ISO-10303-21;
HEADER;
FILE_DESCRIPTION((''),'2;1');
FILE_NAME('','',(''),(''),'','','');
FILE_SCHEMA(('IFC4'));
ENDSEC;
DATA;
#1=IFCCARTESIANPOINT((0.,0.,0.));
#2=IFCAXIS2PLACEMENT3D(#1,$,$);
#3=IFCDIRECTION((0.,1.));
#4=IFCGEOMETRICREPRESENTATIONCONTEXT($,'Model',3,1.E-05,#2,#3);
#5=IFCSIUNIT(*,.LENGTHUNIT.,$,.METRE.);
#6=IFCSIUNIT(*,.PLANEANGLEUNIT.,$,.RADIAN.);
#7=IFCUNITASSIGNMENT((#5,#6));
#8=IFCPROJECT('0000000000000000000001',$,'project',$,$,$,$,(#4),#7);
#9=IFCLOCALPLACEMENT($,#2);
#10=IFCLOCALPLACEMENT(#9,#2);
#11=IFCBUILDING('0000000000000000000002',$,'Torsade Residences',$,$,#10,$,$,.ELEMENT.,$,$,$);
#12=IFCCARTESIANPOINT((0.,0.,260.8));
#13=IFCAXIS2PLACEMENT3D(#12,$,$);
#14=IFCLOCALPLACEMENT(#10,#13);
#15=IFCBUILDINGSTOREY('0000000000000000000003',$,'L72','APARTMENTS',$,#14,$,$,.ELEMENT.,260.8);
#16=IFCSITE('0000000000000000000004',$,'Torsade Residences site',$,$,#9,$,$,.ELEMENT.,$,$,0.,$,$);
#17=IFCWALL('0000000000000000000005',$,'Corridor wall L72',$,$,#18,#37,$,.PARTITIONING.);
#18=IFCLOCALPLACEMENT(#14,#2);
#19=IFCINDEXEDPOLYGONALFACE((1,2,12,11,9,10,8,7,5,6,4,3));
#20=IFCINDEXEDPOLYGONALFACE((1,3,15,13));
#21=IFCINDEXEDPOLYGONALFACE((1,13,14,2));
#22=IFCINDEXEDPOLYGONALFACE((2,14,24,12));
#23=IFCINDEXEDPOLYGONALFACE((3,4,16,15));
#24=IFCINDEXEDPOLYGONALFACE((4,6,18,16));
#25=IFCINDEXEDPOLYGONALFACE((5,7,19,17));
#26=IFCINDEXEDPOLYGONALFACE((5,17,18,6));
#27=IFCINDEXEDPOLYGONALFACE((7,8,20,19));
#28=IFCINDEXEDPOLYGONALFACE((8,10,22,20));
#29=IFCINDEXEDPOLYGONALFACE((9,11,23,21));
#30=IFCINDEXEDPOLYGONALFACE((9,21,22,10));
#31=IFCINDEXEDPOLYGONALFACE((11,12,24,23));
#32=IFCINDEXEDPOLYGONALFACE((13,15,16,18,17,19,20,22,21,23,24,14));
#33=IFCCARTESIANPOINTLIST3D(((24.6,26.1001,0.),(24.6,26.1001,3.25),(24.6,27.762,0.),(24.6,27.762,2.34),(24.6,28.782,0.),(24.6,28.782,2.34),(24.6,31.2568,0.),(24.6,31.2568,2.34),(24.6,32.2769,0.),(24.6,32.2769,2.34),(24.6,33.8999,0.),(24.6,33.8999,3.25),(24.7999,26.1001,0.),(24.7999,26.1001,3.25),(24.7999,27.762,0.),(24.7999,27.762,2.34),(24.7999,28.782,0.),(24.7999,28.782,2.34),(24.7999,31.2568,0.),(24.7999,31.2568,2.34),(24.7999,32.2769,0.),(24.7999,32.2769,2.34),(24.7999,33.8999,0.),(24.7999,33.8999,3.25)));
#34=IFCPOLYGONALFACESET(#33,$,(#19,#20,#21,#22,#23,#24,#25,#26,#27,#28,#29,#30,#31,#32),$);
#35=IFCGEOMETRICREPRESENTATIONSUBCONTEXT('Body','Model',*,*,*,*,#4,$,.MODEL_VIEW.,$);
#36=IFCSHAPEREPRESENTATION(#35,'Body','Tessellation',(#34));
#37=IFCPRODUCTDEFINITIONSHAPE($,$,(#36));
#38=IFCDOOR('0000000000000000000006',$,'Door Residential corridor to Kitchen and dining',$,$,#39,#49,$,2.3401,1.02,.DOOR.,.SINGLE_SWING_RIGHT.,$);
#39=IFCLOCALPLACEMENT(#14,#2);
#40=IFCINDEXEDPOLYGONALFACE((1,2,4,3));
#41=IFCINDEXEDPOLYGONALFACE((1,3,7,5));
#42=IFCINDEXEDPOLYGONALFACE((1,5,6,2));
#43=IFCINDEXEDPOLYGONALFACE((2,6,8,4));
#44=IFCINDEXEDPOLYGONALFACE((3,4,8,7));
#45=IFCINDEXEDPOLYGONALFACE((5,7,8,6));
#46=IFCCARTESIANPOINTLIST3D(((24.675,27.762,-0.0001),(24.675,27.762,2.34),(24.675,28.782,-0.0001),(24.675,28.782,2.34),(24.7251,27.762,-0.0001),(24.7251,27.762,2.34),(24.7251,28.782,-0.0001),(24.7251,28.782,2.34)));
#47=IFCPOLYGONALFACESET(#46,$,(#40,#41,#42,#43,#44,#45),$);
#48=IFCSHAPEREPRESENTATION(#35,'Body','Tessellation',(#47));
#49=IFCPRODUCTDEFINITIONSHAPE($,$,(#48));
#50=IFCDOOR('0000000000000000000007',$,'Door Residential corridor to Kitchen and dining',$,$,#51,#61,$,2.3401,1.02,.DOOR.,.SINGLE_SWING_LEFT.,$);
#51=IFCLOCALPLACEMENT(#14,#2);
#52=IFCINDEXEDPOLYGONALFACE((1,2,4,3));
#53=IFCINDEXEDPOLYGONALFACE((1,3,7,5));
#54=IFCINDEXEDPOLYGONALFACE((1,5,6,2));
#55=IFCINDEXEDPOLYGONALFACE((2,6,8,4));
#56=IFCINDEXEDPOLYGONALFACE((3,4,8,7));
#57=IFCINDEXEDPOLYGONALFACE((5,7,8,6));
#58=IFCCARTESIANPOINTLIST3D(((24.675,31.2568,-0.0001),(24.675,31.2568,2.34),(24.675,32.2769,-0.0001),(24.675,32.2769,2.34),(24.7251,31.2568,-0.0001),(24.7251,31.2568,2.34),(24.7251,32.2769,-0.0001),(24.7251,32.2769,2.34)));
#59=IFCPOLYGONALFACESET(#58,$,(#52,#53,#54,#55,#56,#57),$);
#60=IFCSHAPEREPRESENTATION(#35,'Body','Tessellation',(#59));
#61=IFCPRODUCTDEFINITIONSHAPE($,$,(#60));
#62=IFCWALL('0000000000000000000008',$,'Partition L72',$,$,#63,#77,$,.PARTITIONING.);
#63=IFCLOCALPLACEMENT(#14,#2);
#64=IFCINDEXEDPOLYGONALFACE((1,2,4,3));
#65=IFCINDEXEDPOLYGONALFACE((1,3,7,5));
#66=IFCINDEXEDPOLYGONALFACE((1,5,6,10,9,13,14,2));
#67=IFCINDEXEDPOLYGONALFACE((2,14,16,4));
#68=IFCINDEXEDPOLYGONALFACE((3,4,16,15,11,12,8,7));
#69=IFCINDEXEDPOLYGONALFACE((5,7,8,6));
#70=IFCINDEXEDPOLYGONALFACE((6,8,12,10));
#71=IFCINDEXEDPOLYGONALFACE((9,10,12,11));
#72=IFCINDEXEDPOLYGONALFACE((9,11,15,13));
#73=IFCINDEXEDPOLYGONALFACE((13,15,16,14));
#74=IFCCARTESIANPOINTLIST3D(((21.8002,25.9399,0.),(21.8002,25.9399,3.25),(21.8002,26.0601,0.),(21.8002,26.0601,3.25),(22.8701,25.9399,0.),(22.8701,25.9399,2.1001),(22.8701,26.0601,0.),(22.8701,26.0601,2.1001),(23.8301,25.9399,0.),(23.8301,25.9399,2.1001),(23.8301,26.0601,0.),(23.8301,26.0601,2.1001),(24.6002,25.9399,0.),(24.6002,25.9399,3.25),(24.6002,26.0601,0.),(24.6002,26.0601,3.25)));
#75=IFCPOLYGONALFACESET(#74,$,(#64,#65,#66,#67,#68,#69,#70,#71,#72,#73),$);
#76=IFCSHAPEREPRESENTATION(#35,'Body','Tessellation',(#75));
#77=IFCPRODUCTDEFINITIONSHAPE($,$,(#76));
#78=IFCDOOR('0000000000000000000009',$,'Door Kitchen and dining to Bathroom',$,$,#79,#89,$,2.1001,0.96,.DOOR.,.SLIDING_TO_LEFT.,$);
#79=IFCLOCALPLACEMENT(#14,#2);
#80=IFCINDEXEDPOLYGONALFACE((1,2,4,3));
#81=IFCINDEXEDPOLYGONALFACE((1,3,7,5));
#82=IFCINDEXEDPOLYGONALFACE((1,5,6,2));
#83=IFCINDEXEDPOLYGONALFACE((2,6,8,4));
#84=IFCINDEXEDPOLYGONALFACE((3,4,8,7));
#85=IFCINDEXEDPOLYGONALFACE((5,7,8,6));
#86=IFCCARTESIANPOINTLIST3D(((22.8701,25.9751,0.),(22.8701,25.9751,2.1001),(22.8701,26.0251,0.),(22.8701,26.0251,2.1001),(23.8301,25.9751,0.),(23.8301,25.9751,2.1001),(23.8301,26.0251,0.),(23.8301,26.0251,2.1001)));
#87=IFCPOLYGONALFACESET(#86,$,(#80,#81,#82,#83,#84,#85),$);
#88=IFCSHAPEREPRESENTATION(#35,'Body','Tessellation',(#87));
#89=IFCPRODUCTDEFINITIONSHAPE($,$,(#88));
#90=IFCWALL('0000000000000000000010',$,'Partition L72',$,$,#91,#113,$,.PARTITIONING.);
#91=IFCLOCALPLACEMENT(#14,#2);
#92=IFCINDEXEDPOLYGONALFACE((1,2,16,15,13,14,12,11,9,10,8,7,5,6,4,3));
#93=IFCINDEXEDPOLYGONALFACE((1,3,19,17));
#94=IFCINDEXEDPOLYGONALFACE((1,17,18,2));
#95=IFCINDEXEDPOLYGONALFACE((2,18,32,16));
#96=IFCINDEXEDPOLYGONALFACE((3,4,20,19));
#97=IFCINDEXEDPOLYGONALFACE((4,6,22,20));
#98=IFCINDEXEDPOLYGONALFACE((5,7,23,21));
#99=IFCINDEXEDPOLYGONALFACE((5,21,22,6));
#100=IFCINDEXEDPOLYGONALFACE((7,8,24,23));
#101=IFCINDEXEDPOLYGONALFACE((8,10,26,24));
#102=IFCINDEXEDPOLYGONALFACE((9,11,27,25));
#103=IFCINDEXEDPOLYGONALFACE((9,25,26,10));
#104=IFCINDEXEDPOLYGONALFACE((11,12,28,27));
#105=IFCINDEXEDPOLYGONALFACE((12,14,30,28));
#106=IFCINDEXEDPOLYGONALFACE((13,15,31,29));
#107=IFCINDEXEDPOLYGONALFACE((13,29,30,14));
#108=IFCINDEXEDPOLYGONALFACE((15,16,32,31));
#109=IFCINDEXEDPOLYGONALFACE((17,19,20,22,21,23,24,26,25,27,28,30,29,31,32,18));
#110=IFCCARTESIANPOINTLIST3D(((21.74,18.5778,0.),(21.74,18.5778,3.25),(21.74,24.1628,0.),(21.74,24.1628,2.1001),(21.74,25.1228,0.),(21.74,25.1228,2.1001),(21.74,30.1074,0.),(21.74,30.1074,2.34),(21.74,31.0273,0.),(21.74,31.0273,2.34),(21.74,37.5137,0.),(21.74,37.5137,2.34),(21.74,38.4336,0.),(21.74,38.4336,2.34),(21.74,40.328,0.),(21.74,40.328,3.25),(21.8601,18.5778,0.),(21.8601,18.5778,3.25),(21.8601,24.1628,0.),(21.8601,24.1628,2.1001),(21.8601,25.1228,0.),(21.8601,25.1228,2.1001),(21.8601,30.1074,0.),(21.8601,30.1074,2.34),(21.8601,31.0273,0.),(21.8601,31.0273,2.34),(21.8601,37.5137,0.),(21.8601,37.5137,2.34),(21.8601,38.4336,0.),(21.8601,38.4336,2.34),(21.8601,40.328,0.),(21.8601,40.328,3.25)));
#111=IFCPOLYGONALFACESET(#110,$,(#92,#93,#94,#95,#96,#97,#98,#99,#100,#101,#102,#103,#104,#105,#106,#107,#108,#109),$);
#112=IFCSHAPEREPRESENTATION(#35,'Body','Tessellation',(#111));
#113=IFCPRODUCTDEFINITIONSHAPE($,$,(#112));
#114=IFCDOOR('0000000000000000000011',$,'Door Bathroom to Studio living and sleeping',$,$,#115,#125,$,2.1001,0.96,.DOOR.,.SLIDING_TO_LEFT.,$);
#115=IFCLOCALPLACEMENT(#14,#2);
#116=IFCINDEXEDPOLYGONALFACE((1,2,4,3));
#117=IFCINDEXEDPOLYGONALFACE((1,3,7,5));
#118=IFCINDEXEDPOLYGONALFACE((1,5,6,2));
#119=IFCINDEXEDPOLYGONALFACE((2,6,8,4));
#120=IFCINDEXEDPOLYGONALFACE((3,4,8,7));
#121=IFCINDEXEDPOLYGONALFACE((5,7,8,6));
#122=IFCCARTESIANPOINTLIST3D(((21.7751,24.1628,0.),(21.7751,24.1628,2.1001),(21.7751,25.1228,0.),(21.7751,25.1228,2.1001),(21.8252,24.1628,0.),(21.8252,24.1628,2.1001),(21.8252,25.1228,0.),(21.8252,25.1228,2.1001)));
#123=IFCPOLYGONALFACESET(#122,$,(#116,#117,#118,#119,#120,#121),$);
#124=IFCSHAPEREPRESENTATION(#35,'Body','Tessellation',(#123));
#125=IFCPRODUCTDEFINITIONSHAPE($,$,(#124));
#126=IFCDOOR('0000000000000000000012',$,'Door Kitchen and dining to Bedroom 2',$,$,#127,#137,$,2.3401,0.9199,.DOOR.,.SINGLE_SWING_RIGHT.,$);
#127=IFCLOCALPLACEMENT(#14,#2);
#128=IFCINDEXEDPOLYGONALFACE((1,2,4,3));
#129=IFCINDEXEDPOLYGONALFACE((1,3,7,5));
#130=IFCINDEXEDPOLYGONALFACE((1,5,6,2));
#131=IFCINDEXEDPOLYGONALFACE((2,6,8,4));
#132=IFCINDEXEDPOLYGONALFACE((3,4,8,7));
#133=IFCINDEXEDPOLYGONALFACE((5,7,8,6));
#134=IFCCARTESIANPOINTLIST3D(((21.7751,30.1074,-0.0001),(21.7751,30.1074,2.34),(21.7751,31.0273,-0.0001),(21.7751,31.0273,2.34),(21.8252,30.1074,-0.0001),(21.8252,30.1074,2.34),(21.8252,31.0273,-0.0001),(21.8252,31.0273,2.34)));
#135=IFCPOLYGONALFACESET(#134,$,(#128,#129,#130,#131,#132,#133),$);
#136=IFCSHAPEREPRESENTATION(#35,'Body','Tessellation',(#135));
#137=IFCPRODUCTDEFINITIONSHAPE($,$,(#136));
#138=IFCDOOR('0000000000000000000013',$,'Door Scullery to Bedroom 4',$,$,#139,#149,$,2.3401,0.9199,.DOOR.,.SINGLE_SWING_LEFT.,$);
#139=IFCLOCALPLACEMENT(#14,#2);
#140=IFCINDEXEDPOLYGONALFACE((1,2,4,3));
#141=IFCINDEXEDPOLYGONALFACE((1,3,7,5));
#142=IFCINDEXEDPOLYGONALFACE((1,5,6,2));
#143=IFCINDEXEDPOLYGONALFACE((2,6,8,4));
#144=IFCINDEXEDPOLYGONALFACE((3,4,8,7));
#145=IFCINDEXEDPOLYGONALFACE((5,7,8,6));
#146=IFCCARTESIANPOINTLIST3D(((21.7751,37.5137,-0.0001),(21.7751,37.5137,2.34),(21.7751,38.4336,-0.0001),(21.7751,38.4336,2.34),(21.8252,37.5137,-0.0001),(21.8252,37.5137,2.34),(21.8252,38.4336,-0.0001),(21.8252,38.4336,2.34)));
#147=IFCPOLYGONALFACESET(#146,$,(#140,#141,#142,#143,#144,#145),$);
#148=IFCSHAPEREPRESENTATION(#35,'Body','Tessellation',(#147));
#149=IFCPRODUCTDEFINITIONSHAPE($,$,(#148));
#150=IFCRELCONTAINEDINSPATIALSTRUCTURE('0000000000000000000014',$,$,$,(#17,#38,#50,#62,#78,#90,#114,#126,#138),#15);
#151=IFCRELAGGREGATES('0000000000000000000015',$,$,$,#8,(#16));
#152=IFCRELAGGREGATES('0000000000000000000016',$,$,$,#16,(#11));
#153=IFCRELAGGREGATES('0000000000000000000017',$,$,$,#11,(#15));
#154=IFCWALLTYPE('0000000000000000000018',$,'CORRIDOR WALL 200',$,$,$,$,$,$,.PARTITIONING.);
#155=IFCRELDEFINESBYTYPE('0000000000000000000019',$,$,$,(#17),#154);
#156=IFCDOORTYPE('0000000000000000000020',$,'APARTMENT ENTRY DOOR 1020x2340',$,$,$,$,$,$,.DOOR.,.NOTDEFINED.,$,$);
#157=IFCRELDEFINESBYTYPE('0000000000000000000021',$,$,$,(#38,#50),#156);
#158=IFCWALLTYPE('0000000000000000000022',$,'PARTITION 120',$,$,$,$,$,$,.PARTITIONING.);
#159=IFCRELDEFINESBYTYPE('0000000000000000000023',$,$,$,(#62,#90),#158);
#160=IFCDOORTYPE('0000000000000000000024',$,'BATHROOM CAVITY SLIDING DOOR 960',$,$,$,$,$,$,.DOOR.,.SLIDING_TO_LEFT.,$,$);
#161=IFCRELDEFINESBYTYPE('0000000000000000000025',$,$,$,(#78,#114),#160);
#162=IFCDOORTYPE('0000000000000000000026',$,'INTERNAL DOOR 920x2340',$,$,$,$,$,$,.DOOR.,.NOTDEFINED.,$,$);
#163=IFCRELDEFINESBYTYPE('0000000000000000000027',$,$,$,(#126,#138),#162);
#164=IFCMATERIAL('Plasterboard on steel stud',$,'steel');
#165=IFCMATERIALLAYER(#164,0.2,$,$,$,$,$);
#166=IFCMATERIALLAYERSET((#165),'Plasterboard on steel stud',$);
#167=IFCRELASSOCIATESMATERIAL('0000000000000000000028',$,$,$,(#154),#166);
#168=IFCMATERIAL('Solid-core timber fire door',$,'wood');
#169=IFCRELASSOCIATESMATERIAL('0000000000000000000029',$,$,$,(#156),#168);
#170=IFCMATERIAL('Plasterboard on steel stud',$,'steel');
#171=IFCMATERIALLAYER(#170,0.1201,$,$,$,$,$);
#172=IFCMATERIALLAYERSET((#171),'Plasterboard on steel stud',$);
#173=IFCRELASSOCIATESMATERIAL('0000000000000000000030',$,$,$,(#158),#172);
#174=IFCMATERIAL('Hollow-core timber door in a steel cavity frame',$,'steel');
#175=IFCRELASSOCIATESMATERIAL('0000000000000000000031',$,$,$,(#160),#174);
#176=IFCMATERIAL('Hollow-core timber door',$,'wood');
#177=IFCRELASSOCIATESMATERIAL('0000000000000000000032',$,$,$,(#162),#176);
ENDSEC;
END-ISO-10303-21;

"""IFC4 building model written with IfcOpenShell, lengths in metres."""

from ifc_helpers import new_model, si_unit, direction, frame, frame_2d, origin, place, context, subcontext, project, spatial, rectangle, extrude, material, layer, layer_set, type_object, element, fill, save


model = new_model("IFC4")

# Units and contexts
model_context = context("Model", 3, precision=1e-05, world=origin(), true_north=direction((0.0, 1.0)))
body_context = subcontext(model_context, "Body", "Model", "MODEL_VIEW")
ifc_project = project(units=[si_unit("LENGTHUNIT", "METRE"), si_unit("PLANEANGLEUNIT", "RADIAN")], contexts=[model_context])

# Site, building, storey
site_placement = place(None, origin())
site = spatial("IfcSite", under=ifc_project, at=site_placement, Name="Torsade Residences site", CompositionType="ELEMENT", RefElevation=0.0)
building_placement = place(site_placement, origin())
building = spatial("IfcBuilding", under=site, at=building_placement, Name="Torsade Residences", CompositionType="ELEMENT")
storey_placement = place(building_placement, frame((0.0, 0.0, 260.8)))
storey = spatial("IfcBuildingStorey", under=building, at=storey_placement, Name="L72", Description="APARTMENTS", CompositionType="ELEMENT", Elevation=260.8)

# Wall, openings, doors
ifc_material_1 = material(Name="Plasterboard on steel stud", Category="steel")
ifc_layer_1 = layer(ifc_material_1, 0.2)
ifc_layer_set_1 = layer_set([ifc_layer_1], Name="Plasterboard on steel stud")
wall_type_1 = type_object("IfcWallType", Name="CORRIDOR WALL 200", PredefinedType="PARTITIONING", material=ifc_layer_set_1)
wall_1_placement = place(storey_placement, frame((24.7, 26.1001, 0.0), z_axis=(0.0, 0.0, 1.0), x_axis=(0.0, 1.0, 0.0)))
wall_1 = element("IfcWall", 1, at=wall_1_placement, inside=storey, type_object=wall_type_1, Name="Corridor wall L72", PredefinedType="PARTITIONING", context=body_context, shape_type="SweptSolid", body=[
    extrude(rectangle(XDim=7.7998, YDim=0.2, at=frame_2d((3.8999, 0.0))), origin(), (0.0, 0.0, 1.0), 3.25),
])
opening_1_placement = place(wall_1_placement, frame((1.6619, 0.0, 0.0)))
opening_1 = element("IfcOpeningElement", 2, at=opening_1_placement, cuts=wall_1, PredefinedType="OPENING", context=body_context, shape_type="SweptSolid", body=[
    extrude(rectangle(XDim=1.02, YDim=2.3401, at=frame_2d((0.51, 1.1699))), frame((0.0, 0.1099, 0.0), z_axis=(0.0, -1.0, 0.0), x_axis=(1.0, 0.0, 0.0)), (0.0, 0.0, 1.0), 0.22),
])
opening_2_placement = place(wall_1_placement, frame((5.1567, 0.0, 0.0)))
opening_2 = element("IfcOpeningElement", 3, at=opening_2_placement, cuts=wall_1, PredefinedType="OPENING", context=body_context, shape_type="SweptSolid", body=[
    extrude(rectangle(XDim=1.02, YDim=2.3401, at=frame_2d((0.51, 1.1699))), frame((0.0, 0.1099, 0.0), z_axis=(0.0, -1.0, 0.0), x_axis=(1.0, 0.0, 0.0)), (0.0, 0.0, 1.0), 0.22),
])
ifc_material_2 = material(Name="Solid-core timber fire door", Category="wood")
door_type_1 = type_object("IfcDoorType", Name="APARTMENT ENTRY DOOR 1020x2340", OperationType="NOTDEFINED", PredefinedType="DOOR", material=ifc_material_2)
door_1_placement = place(opening_1_placement, origin())
door_1 = element("IfcDoor", 4, at=door_1_placement, inside=storey, type_object=door_type_1, Name="Door Residential corridor to Kitchen and dining", OperationType="SINGLE_SWING_RIGHT", OverallHeight=2.3401, OverallWidth=1.02, PredefinedType="DOOR", context=body_context, shape_type="SweptSolid", body=[
    extrude(rectangle(XDim=1.02, YDim=2.3401, at=frame_2d((0.51, 1.1699))), frame((0.0, 0.0249, 0.0), z_axis=(0.0, -1.0, 0.0), x_axis=(1.0, 0.0, 0.0)), (0.0, 0.0, 1.0), 0.05),
])
fill(opening_1, door_1)
door_2_placement = place(opening_2_placement, origin())
door_2 = element("IfcDoor", 5, at=door_2_placement, inside=storey, type_object=door_type_1, Name="Door Residential corridor to Kitchen and dining", OperationType="SINGLE_SWING_LEFT", OverallHeight=2.3401, OverallWidth=1.02, PredefinedType="DOOR", context=body_context, shape_type="SweptSolid", body=[
    extrude(rectangle(XDim=1.02, YDim=2.3401, at=frame_2d((0.51, 1.1699))), frame((0.0, 0.0249, 0.0), z_axis=(0.0, -1.0, 0.0), x_axis=(1.0, 0.0, 0.0)), (0.0, 0.0, 1.0), 0.05),
])
fill(opening_2, door_2)

# Wall, opening, door
ifc_material_3 = material(Name="Plasterboard on steel stud", Category="steel")
ifc_layer_2 = layer(ifc_material_3, 0.1201)
ifc_layer_set_2 = layer_set([ifc_layer_2], Name="Plasterboard on steel stud")
wall_type_2 = type_object("IfcWallType", Name="PARTITION 120", PredefinedType="PARTITIONING", material=ifc_layer_set_2)
wall_2_placement = place(storey_placement, frame((24.6001, 26.0, 0.0), z_axis=(0.0, 0.0, 1.0), x_axis=(-1.0, 0.0, 0.0)))
wall_2 = element("IfcWall", 6, at=wall_2_placement, inside=storey, type_object=wall_type_2, Name="Partition L72", PredefinedType="PARTITIONING", context=body_context, shape_type="SweptSolid", body=[
    extrude(rectangle(XDim=2.8, YDim=0.1201, at=frame_2d((1.3999, 0.0))), origin(), (0.0, 0.0, 1.0), 3.25),
])
opening_3_placement = place(wall_2_placement, frame((0.77, 0.0, 0.0)))
opening_3 = element("IfcOpeningElement", 7, at=opening_3_placement, cuts=wall_2, PredefinedType="OPENING", context=body_context, shape_type="SweptSolid", body=[
    extrude(rectangle(XDim=0.96, YDim=2.1001, at=frame_2d((0.48, 1.05))), frame((0.0, 0.0701, 0.0), z_axis=(0.0, -1.0, 0.0), x_axis=(1.0, 0.0, 0.0)), (0.0, 0.0, 1.0), 0.1401),
])
ifc_material_4 = material(Name="Hollow-core timber door in a steel cavity frame", Category="steel")
door_type_2 = type_object("IfcDoorType", Name="BATHROOM CAVITY SLIDING DOOR 960", OperationType="SLIDING_TO_LEFT", PredefinedType="DOOR", material=ifc_material_4)
door_3_placement = place(opening_3_placement, origin())
door_3 = element("IfcDoor", 8, at=door_3_placement, inside=storey, type_object=door_type_2, Name="Door Kitchen and dining to Bathroom", OperationType="SLIDING_TO_LEFT", OverallHeight=2.1001, OverallWidth=0.96, PredefinedType="DOOR", context=body_context, shape_type="SweptSolid", body=[
    extrude(rectangle(XDim=0.96, YDim=2.1001, at=frame_2d((0.48, 1.05))), frame((0.0, 0.0249, 0.0), z_axis=(0.0, -1.0, 0.0), x_axis=(1.0, 0.0, 0.0)), (0.0, 0.0, 1.0), 0.05),
])
fill(opening_3, door_3)

# Wall, openings, doors
wall_3_placement = place(storey_placement, frame((21.8, 18.5779, 0.0), z_axis=(0.0, 0.0, 1.0), x_axis=(0.0, 1.0, 0.0)))
wall_3 = element("IfcWall", 9, at=wall_3_placement, inside=storey, type_object=wall_type_2, Name="Partition L72", PredefinedType="PARTITIONING", context=body_context, shape_type="SweptSolid", body=[
    extrude(rectangle(XDim=21.7502, YDim=0.1201, at=frame_2d((10.875, 0.0))), origin(), (0.0, 0.0, 1.0), 3.25),
])
opening_4_placement = place(wall_3_placement, frame((11.5295, 0.0, 0.0)))
opening_4 = element("IfcOpeningElement", 10, at=opening_4_placement, cuts=wall_3, PredefinedType="OPENING", context=body_context, shape_type="SweptSolid", body=[
    extrude(rectangle(XDim=0.9199, YDim=2.3401, at=frame_2d((0.46, 1.1699))), frame((0.0, 0.0701, 0.0), z_axis=(0.0, -1.0, 0.0), x_axis=(1.0, 0.0, 0.0)), (0.0, 0.0, 1.0), 0.1401),
])
opening_5_placement = place(wall_3_placement, frame((5.585, 0.0, 0.0)))
opening_5 = element("IfcOpeningElement", 11, at=opening_5_placement, cuts=wall_3, PredefinedType="OPENING", context=body_context, shape_type="SweptSolid", body=[
    extrude(rectangle(XDim=0.96, YDim=2.1001, at=frame_2d((0.48, 1.05))), frame((0.0, 0.0701, 0.0), z_axis=(0.0, -1.0, 0.0), x_axis=(1.0, 0.0, 0.0)), (0.0, 0.0, 1.0), 0.1401),
])
opening_6_placement = place(wall_3_placement, frame((18.9358, 0.0, 0.0)))
opening_6 = element("IfcOpeningElement", 12, at=opening_6_placement, cuts=wall_3, PredefinedType="OPENING", context=body_context, shape_type="SweptSolid", body=[
    extrude(rectangle(XDim=0.9199, YDim=2.3401, at=frame_2d((0.46, 1.1699))), frame((0.0, 0.0701, 0.0), z_axis=(0.0, -1.0, 0.0), x_axis=(1.0, 0.0, 0.0)), (0.0, 0.0, 1.0), 0.1401),
])
door_4_placement = place(opening_5_placement, origin())
door_4 = element("IfcDoor", 13, at=door_4_placement, inside=storey, type_object=door_type_2, Name="Door Bathroom to Studio living and sleeping", OperationType="SLIDING_TO_LEFT", OverallHeight=2.1001, OverallWidth=0.96, PredefinedType="DOOR", context=body_context, shape_type="SweptSolid", body=[
    extrude(rectangle(XDim=0.96, YDim=2.1001, at=frame_2d((0.48, 1.05))), frame((0.0, 0.0249, 0.0), z_axis=(0.0, -1.0, 0.0), x_axis=(1.0, 0.0, 0.0)), (0.0, 0.0, 1.0), 0.05),
])
fill(opening_5, door_4)
ifc_material_5 = material(Name="Hollow-core timber door", Category="wood")
door_type_3 = type_object("IfcDoorType", Name="INTERNAL DOOR 920x2340", OperationType="NOTDEFINED", PredefinedType="DOOR", material=ifc_material_5)
door_5_placement = place(opening_4_placement, origin())
door_5 = element("IfcDoor", 14, at=door_5_placement, inside=storey, type_object=door_type_3, Name="Door Kitchen and dining to Bedroom 2", OperationType="SINGLE_SWING_RIGHT", OverallHeight=2.3401, OverallWidth=0.9199, PredefinedType="DOOR", context=body_context, shape_type="SweptSolid", body=[
    extrude(rectangle(XDim=0.9199, YDim=2.3401, at=frame_2d((0.46, 1.1699))), frame((0.0, 0.0249, 0.0), z_axis=(0.0, -1.0, 0.0), x_axis=(1.0, 0.0, 0.0)), (0.0, 0.0, 1.0), 0.05),
])
fill(opening_4, door_5)
door_6_placement = place(opening_6_placement, origin())
door_6 = element("IfcDoor", 15, at=door_6_placement, inside=storey, type_object=door_type_3, Name="Door Scullery to Bedroom 4", OperationType="SINGLE_SWING_LEFT", OverallHeight=2.3401, OverallWidth=0.9199, PredefinedType="DOOR", context=body_context, shape_type="SweptSolid", body=[
    extrude(rectangle(XDim=0.9199, YDim=2.3401, at=frame_2d((0.46, 1.1699))), frame((0.0, 0.0249, 0.0), z_axis=(0.0, -1.0, 0.0), x_axis=(1.0, 0.0, 0.0)), (0.0, 0.0, 1.0), 0.05),
])
fill(opening_6, door_6)

save(model, "model.ifc")
